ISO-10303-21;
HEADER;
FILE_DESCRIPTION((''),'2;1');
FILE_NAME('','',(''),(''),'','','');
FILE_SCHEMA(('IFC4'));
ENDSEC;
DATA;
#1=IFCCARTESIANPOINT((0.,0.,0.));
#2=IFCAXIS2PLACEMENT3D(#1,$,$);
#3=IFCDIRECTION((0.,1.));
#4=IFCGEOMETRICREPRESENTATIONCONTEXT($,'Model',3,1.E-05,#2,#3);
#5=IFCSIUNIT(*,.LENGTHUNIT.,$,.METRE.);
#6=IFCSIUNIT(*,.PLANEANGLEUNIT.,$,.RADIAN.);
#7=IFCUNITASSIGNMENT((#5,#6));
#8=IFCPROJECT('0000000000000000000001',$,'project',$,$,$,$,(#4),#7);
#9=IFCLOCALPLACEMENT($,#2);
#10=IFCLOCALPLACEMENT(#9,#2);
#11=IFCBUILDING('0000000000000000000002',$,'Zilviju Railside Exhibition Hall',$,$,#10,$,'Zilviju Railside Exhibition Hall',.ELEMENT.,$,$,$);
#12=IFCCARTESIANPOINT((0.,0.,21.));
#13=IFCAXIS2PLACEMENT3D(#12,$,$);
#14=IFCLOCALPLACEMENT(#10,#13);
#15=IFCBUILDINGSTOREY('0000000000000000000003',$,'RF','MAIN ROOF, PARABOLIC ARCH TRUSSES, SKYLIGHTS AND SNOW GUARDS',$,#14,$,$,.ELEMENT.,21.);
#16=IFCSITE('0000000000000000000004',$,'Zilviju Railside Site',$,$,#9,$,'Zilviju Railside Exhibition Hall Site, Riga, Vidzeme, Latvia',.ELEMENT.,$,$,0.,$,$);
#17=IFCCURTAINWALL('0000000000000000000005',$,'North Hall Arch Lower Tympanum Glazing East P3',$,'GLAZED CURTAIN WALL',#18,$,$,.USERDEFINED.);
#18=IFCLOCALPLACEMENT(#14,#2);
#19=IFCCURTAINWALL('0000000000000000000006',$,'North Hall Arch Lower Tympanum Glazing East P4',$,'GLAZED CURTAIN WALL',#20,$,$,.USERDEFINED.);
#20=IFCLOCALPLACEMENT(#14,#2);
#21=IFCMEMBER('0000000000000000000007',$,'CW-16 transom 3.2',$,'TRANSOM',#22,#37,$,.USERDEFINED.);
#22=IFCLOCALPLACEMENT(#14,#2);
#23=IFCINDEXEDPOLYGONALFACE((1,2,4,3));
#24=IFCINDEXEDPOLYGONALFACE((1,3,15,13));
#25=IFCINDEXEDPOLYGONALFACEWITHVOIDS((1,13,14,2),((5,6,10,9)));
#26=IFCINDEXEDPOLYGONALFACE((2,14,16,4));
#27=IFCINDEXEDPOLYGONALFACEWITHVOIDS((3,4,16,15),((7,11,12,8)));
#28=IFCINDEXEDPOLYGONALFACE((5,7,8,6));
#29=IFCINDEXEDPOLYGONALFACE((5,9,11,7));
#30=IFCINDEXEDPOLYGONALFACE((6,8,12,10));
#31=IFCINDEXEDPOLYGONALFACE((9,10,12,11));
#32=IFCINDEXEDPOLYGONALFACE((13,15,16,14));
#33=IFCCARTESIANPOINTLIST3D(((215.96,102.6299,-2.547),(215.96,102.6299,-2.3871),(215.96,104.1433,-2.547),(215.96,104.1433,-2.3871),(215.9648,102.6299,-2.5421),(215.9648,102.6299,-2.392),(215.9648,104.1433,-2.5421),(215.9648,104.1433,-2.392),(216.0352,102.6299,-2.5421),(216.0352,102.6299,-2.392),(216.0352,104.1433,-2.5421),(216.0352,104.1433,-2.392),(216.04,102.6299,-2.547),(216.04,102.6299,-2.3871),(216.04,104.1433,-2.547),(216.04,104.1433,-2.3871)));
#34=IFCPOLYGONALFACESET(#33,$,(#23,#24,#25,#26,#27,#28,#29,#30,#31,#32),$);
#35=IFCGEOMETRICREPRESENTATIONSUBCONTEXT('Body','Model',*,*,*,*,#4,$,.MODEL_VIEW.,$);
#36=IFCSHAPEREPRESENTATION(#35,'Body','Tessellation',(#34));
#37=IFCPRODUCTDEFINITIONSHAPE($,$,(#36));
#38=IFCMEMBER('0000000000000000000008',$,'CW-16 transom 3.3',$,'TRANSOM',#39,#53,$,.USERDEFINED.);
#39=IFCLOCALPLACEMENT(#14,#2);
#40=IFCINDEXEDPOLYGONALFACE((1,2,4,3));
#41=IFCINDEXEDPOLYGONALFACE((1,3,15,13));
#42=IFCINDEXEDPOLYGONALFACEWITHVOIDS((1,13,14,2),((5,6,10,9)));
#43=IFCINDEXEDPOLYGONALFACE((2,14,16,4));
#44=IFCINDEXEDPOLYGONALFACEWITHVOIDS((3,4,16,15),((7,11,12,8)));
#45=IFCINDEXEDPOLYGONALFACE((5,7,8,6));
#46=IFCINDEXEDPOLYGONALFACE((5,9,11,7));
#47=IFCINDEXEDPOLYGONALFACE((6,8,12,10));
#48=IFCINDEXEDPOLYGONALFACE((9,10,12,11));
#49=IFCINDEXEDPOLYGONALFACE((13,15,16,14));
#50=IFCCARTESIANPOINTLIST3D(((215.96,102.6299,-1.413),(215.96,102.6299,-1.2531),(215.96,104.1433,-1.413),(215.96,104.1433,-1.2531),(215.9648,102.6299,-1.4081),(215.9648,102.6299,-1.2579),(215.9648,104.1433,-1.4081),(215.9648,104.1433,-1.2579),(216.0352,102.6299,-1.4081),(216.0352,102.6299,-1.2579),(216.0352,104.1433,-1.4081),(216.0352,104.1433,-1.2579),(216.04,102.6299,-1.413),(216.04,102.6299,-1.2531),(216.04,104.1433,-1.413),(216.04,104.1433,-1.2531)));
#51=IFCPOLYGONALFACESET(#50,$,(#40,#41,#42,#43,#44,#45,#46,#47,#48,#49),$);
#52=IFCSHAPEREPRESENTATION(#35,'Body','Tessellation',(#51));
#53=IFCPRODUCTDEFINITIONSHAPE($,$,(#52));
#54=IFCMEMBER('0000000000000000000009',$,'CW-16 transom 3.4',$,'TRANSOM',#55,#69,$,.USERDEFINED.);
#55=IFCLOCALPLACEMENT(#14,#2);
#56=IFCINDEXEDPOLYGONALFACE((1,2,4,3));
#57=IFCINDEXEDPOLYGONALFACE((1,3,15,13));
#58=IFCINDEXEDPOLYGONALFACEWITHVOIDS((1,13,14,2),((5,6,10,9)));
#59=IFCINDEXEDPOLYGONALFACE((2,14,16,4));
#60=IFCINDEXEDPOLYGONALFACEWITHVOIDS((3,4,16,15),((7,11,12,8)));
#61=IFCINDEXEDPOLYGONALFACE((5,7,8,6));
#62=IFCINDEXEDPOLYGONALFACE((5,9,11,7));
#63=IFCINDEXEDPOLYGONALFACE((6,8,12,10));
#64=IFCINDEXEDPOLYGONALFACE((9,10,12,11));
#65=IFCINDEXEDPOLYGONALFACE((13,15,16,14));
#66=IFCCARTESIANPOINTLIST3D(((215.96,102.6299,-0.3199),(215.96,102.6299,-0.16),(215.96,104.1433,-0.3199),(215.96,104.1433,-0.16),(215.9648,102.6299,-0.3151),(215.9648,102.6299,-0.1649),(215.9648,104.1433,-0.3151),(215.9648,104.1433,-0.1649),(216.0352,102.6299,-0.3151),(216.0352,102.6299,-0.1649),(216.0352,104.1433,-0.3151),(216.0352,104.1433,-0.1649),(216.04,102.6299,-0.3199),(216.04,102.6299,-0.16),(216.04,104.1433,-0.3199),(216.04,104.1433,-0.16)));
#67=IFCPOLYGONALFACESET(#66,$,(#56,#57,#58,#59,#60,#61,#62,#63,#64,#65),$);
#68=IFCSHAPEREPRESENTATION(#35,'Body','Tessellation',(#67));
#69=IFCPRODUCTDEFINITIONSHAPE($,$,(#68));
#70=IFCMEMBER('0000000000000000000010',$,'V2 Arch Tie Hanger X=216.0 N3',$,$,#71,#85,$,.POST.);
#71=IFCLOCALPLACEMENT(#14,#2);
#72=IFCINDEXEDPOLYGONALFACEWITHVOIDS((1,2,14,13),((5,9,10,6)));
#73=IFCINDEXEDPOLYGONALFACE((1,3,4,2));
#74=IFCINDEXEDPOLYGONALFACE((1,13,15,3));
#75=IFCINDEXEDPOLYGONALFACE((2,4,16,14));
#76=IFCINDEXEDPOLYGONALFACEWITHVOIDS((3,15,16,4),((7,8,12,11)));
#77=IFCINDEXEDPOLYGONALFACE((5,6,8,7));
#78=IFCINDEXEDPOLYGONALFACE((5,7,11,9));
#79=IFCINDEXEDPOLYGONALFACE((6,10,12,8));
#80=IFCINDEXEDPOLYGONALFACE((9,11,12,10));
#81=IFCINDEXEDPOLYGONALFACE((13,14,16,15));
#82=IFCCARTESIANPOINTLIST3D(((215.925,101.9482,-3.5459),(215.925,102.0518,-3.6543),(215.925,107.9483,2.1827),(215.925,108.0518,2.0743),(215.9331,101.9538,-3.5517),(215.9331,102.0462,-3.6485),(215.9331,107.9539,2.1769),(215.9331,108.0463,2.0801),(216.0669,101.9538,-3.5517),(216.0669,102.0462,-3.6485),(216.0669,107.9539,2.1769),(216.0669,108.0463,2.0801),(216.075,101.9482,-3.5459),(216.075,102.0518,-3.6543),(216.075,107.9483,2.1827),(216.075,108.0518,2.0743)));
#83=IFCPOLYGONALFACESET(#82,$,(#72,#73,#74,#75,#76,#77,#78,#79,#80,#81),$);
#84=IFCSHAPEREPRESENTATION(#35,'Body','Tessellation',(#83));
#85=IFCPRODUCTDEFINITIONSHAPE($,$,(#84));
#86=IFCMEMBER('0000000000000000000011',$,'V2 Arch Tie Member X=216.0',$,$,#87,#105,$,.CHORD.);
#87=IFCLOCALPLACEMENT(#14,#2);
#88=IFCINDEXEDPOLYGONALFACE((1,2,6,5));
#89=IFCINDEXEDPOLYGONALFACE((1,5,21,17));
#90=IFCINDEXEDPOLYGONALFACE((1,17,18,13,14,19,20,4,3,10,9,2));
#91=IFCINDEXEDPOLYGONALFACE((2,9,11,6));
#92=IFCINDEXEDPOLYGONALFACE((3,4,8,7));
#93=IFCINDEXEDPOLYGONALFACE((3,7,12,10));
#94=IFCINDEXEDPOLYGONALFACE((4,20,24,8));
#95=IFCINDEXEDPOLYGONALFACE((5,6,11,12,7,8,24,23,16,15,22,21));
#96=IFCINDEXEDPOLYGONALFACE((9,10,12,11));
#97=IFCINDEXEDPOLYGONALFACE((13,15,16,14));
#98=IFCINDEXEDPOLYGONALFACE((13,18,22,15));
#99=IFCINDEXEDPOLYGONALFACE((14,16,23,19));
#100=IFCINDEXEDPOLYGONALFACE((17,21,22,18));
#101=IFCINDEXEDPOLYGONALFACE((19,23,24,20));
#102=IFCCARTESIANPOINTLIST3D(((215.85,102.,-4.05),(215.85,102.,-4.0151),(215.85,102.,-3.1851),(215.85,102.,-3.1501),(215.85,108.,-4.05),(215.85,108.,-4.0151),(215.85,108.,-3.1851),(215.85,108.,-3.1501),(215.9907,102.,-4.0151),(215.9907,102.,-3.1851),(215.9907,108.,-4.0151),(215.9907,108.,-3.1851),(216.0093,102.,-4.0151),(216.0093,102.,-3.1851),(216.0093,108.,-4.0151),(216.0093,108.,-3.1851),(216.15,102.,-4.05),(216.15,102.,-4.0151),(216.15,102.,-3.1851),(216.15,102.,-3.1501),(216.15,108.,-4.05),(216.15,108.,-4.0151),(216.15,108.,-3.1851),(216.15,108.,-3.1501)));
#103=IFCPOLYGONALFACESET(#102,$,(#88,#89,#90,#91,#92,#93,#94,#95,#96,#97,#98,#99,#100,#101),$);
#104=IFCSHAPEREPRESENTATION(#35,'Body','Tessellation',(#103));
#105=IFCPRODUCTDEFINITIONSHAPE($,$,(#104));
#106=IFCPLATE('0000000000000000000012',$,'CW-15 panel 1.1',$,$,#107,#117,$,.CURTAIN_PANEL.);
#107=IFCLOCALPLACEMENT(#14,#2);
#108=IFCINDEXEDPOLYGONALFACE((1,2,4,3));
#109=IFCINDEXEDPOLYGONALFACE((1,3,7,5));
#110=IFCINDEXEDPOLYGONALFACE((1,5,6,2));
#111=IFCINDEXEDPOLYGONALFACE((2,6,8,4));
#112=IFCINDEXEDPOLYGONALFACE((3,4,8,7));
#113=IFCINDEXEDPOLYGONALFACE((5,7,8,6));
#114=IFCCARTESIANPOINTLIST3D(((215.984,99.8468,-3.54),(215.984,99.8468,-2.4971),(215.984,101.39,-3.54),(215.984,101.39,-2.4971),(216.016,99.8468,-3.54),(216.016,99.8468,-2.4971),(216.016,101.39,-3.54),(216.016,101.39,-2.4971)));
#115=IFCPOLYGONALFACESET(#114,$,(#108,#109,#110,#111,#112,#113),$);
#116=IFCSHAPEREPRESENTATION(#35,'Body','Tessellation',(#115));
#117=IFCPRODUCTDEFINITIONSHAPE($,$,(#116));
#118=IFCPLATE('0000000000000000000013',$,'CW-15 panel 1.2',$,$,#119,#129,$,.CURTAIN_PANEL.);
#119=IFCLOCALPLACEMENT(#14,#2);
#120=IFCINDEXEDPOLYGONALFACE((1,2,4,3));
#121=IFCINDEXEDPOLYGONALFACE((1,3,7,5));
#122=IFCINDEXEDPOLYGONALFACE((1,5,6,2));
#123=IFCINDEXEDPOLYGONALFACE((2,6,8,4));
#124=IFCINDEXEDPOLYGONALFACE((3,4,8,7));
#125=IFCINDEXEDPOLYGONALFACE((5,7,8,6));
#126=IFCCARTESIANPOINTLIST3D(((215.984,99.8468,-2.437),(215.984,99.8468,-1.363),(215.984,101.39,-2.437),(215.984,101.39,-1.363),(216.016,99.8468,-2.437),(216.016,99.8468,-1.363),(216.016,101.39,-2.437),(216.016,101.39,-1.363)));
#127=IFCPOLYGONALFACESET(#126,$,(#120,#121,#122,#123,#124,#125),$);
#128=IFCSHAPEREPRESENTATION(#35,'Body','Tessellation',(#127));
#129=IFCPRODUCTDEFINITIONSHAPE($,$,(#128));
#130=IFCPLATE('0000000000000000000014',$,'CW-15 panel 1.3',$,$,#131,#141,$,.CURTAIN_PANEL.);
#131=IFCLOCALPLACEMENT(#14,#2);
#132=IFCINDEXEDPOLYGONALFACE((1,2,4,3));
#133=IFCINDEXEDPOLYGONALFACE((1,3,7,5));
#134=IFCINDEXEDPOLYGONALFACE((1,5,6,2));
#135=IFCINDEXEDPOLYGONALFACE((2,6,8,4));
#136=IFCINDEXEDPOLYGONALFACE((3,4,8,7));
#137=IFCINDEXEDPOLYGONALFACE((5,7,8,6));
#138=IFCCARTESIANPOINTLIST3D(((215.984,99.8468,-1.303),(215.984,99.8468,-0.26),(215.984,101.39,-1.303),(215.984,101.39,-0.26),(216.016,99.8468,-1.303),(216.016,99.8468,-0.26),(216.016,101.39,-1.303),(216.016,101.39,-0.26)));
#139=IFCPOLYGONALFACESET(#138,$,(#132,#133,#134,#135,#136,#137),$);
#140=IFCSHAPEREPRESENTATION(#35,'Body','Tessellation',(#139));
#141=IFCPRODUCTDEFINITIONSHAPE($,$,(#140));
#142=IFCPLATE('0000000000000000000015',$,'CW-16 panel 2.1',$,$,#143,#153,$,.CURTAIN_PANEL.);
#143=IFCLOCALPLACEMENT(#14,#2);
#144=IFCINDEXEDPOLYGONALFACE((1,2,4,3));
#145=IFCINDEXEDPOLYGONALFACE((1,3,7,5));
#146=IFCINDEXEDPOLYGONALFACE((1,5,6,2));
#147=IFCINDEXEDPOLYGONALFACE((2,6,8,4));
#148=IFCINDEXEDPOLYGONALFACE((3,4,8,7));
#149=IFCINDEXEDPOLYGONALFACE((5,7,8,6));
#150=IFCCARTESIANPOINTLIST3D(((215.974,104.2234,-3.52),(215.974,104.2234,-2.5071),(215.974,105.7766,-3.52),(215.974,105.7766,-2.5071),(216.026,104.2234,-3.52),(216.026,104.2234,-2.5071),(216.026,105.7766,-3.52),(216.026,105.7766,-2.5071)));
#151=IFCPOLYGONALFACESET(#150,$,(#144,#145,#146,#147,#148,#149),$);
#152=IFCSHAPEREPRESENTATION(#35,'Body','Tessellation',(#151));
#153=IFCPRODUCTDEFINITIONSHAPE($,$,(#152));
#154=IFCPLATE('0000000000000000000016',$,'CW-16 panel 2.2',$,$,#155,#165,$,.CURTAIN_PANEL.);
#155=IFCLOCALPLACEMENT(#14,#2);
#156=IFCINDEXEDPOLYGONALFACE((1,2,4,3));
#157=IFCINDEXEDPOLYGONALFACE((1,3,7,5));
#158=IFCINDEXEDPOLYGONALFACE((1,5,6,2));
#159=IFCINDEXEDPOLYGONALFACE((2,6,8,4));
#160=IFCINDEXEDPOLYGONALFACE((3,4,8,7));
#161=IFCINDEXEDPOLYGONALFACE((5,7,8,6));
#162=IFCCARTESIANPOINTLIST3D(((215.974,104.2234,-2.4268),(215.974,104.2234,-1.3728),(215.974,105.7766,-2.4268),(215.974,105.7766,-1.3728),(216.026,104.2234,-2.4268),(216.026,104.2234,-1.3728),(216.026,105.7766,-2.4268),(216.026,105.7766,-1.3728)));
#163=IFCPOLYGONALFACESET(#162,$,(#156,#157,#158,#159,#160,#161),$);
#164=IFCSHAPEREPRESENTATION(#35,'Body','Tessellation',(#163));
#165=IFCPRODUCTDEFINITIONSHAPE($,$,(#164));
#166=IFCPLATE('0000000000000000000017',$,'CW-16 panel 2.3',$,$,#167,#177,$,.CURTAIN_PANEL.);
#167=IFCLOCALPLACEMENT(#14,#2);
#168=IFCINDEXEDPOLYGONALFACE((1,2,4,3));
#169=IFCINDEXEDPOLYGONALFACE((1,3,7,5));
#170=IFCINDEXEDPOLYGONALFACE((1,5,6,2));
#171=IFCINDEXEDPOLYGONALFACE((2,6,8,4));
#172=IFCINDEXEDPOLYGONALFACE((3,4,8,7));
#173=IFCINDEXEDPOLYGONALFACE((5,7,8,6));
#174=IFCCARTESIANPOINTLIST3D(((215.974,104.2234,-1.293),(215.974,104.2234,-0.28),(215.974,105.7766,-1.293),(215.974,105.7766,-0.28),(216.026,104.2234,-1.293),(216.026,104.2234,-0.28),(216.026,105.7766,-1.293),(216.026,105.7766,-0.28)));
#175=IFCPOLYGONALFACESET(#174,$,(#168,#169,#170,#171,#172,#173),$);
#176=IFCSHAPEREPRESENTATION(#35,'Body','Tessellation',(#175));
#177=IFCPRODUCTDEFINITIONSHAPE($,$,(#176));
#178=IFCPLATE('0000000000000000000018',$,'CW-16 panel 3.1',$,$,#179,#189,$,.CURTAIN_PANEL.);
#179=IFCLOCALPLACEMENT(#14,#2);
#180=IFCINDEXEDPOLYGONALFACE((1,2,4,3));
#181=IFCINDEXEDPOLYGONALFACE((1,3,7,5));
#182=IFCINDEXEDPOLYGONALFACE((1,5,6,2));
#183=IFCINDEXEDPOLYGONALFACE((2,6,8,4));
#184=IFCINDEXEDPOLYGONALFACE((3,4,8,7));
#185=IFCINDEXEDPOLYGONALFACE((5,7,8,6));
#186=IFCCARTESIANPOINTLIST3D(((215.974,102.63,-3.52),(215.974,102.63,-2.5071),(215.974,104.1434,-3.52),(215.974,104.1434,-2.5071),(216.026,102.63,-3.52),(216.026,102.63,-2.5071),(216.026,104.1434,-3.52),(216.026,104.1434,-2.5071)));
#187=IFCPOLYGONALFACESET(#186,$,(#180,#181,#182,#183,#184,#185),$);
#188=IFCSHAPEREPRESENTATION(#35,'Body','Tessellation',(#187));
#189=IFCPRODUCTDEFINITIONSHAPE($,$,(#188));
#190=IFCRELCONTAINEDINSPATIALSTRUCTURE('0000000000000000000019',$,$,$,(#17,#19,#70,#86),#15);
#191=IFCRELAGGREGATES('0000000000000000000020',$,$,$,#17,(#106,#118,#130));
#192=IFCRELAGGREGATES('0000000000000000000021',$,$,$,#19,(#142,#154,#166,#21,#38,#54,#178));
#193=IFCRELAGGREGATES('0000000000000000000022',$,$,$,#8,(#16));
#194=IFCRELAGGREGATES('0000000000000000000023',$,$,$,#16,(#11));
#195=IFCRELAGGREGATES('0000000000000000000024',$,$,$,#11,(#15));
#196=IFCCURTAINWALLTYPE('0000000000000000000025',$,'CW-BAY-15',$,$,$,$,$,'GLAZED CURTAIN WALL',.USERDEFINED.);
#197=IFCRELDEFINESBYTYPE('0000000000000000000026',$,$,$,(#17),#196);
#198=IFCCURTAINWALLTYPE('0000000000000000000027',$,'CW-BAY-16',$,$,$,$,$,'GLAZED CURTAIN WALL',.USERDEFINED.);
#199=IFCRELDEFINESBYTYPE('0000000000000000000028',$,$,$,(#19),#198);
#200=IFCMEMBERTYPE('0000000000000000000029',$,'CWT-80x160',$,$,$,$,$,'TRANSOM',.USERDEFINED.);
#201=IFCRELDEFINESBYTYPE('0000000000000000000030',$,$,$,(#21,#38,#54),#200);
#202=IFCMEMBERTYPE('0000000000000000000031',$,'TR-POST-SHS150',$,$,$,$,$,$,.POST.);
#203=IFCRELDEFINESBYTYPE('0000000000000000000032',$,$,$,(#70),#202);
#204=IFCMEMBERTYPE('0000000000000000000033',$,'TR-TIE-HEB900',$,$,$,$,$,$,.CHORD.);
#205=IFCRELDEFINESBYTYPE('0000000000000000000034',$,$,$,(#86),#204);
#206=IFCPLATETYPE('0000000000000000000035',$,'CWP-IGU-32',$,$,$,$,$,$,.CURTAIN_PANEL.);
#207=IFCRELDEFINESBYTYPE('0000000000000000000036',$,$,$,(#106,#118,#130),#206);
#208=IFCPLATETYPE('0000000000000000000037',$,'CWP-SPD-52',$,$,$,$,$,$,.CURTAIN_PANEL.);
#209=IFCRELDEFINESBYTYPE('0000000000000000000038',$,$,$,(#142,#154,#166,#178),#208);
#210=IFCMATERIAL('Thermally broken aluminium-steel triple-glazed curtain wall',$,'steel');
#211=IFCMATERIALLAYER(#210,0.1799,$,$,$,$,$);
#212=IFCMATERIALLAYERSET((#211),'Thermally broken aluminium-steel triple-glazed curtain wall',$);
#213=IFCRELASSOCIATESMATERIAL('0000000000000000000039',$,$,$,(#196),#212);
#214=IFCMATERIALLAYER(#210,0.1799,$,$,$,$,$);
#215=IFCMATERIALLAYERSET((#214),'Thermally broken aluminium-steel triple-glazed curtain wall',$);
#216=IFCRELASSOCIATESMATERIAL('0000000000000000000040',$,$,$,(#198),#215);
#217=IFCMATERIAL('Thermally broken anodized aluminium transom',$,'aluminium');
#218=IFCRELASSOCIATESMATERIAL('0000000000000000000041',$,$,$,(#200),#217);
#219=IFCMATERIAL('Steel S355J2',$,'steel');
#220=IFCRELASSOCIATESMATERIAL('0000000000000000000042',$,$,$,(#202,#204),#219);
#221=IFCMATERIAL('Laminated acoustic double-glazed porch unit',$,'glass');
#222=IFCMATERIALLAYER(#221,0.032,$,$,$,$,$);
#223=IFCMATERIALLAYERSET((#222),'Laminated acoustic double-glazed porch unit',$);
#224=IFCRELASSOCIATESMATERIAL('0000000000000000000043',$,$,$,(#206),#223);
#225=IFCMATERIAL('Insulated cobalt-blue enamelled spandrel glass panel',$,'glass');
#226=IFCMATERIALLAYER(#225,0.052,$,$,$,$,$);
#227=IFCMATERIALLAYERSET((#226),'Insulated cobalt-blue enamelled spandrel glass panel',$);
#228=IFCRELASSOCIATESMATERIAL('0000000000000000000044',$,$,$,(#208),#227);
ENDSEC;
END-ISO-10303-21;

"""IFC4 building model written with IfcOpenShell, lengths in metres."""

from ifc_helpers import new_model, si_unit, direction, frame, origin, origin_2d, place, context, subcontext, project, spatial, rectangle, hollow_rectangle, i_section, extrude, material, layer, layer_set, material_profile, profile_set, type_object, element, aggregate, save


model = new_model("IFC4")

# Units and contexts
model_context = context("Model", 3, precision=1e-05, world=origin(), true_north=direction((0.0, 1.0)))
body_context = subcontext(model_context, "Body", "Model", "MODEL_VIEW")
ifc_project = project(units=[si_unit("LENGTHUNIT", "METRE"), si_unit("PLANEANGLEUNIT", "RADIAN")], contexts=[model_context])

# Site, building, storey
site_placement = place(None, origin())
site = spatial("IfcSite", under=ifc_project, at=site_placement, Name="Zilviju Railside Site", LongName="Zilviju Railside Exhibition Hall Site, Riga, Vidzeme, Latvia", CompositionType="ELEMENT", RefElevation=0.0)
building_placement = place(site_placement, origin())
building = spatial("IfcBuilding", under=site, at=building_placement, Name="Zilviju Railside Exhibition Hall", LongName="Zilviju Railside Exhibition Hall", CompositionType="ELEMENT")
storey_placement = place(building_placement, frame((0.0, 0.0, 21.0)))
storey = spatial("IfcBuildingStorey", under=building, at=storey_placement, Name="RF", Description="MAIN ROOF, PARABOLIC ARCH TRUSSES, SKYLIGHTS AND SNOW GUARDS", CompositionType="ELEMENT", Elevation=21.0)

# Curtain walls
ifc_material_1 = material(Name="Thermally broken aluminium-steel triple-glazed curtain wall", Category="steel")
ifc_layer_1 = layer(ifc_material_1, 0.1799)
ifc_layer_set_1 = layer_set([ifc_layer_1], Name="Thermally broken aluminium-steel triple-glazed curtain wall")
curtain_wall_type_1 = type_object("IfcCurtainWallType", Name="CW-BAY-15", ElementType="GLAZED CURTAIN WALL", PredefinedType="USERDEFINED", material=ifc_layer_set_1)
curtain_wall_1_placement = place(storey_placement, origin())
curtain_wall_1 = element("IfcCurtainWall", 1, at=curtain_wall_1_placement, inside=storey, type_object=curtain_wall_type_1, Name="North Hall Arch Lower Tympanum Glazing East P3", ObjectType="GLAZED CURTAIN WALL", PredefinedType="USERDEFINED")
ifc_layer_2 = layer(ifc_material_1, 0.1799)
ifc_layer_set_2 = layer_set([ifc_layer_2], Name="Thermally broken aluminium-steel triple-glazed curtain wall")
curtain_wall_type_2 = type_object("IfcCurtainWallType", Name="CW-BAY-16", ElementType="GLAZED CURTAIN WALL", PredefinedType="USERDEFINED", material=ifc_layer_set_2)
curtain_wall_2_placement = place(storey_placement, origin())
curtain_wall_2 = element("IfcCurtainWall", 2, at=curtain_wall_2_placement, inside=storey, type_object=curtain_wall_type_2, Name="North Hall Arch Lower Tympanum Glazing East P4", ObjectType="GLAZED CURTAIN WALL", PredefinedType="USERDEFINED")

# Members
ifc_material_2 = material(Name="Thermally broken anodized aluminium transom", Category="aluminium")
ifc_material_profile_1 = material_profile(ifc_material_2, hollow_rectangle(XDim=0.0801, YDim=0.1599, WallThickness=0.0049, at=origin_2d()), Name="TRANSOM 160x80x5")
ifc_profile_set_1 = profile_set([ifc_material_profile_1], Name="Thermally broken anodized aluminium transom")
member_type_1 = type_object("IfcMemberType", Name="CWT-80x160", ElementType="TRANSOM", PredefinedType="USERDEFINED", material=ifc_profile_set_1)
member_1_placement = place(storey_placement, frame((216.0, 104.1433, -2.467), z_axis=(0.0, -1.0, 0.0), x_axis=(1.0, 0.0, 0.0)))
member_1 = element("IfcMember", 3, at=member_1_placement, type_object=member_type_1, Name="CW-16 transom 3.2", ObjectType="TRANSOM", PredefinedType="USERDEFINED", context=body_context, shape_type="SweptSolid", body=[
    extrude(hollow_rectangle(XDim=0.0801, YDim=0.1599, WallThickness=0.0049, at=origin_2d()), origin(), (0.0, 0.0, 1.0), 1.5134),
])
member_2_placement = place(storey_placement, frame((216.0, 104.1433, -1.333), z_axis=(0.0, -1.0, 0.0), x_axis=(1.0, 0.0, 0.0)))
member_2 = element("IfcMember", 4, at=member_2_placement, type_object=member_type_1, Name="CW-16 transom 3.3", ObjectType="TRANSOM", PredefinedType="USERDEFINED", context=body_context, shape_type="SweptSolid", body=[
    extrude(hollow_rectangle(XDim=0.0801, YDim=0.1599, WallThickness=0.0049, at=origin_2d()), origin(), (0.0, 0.0, 1.0), 1.5134),
])
member_3_placement = place(storey_placement, frame((216.0, 104.1433, -0.24), z_axis=(0.0, -1.0, 0.0), x_axis=(1.0, 0.0, 0.0)))
member_3 = element("IfcMember", 5, at=member_3_placement, type_object=member_type_1, Name="CW-16 transom 3.4", ObjectType="TRANSOM", PredefinedType="USERDEFINED", context=body_context, shape_type="SweptSolid", body=[
    extrude(hollow_rectangle(XDim=0.0801, YDim=0.1599, WallThickness=0.0049, at=origin_2d()), origin(), (0.0, 0.0, 1.0), 1.5134),
])

# Members
ifc_material_3 = material(Name="Steel S355J2", Category="steel")
ifc_material_profile_2 = material_profile(ifc_material_3, hollow_rectangle(XDim=0.1499, YDim=0.1499, WallThickness=0.0081, at=origin_2d()), Name="SHS 150x150x8.0")
ifc_profile_set_2 = profile_set([ifc_material_profile_2], Name="Steel S355J2")
member_type_2 = type_object("IfcMemberType", Name="TR-POST-SHS150", PredefinedType="POST", material=ifc_profile_set_2)
member_4_placement = place(storey_placement, frame((216.0, 102.0, -3.6001), z_axis=(0.0, 0.723281, 0.690554), x_axis=(-1.0, 0.0, 0.0)))
element("IfcMember", 6, at=member_4_placement, inside=storey, type_object=member_type_2, Name="V2 Arch Tie Hanger X=216.0 N3", PredefinedType="POST", context=body_context, shape_type="SweptSolid", body=[
    extrude(hollow_rectangle(XDim=0.1499, YDim=0.1499, WallThickness=0.0081, at=origin_2d()), origin(), (0.0, 0.0, 1.0), 8.2957),
])
ifc_material_profile_3 = material_profile(ifc_material_3, i_section(OverallWidth=0.3, OverallDepth=0.8999, WebThickness=0.0186, FlangeThickness=0.0349, at=origin_2d()), Name="HEB 900")
ifc_profile_set_3 = profile_set([ifc_material_profile_3], Name="Steel S355J2")
member_type_3 = type_object("IfcMemberType", Name="TR-TIE-HEB900", PredefinedType="CHORD", material=ifc_profile_set_3)
member_5_placement = place(storey_placement, frame((216.0, 102.0, -3.6001), z_axis=(0.0, 1.0, 0.0), x_axis=(-1.0, 0.0, 0.0)))
element("IfcMember", 7, at=member_5_placement, inside=storey, type_object=member_type_3, Name="V2 Arch Tie Member X=216.0", PredefinedType="CHORD", context=body_context, shape_type="SweptSolid", body=[
    extrude(i_section(OverallWidth=0.3, OverallDepth=0.8999, WebThickness=0.0186, FlangeThickness=0.0349, at=origin_2d()), origin(), (0.0, 0.0, 1.0), 6.0),
])

# Plates
ifc_material_4 = material(Name="Laminated acoustic double-glazed porch unit", Category="glass")
ifc_layer_3 = layer(ifc_material_4, 0.032)
ifc_layer_set_3 = layer_set([ifc_layer_3], Name="Laminated acoustic double-glazed porch unit")
plate_type_1 = type_object("IfcPlateType", Name="CWP-IGU-32", PredefinedType="CURTAIN_PANEL", material=ifc_layer_set_3)
plate_1_placement = place(storey_placement, frame((216.0, 100.6184, -3.54), z_axis=(0.0, 0.0, 1.0), x_axis=(0.0, -1.0, 0.0)))
plate_1 = element("IfcPlate", 8, at=plate_1_placement, type_object=plate_type_1, Name="CW-15 panel 1.1", PredefinedType="CURTAIN_PANEL", context=body_context, shape_type="SweptSolid", body=[
    extrude(rectangle(XDim=1.5432, YDim=0.032, at=origin_2d()), origin(), (0.0, 0.0, 1.0), 1.043),
])
plate_2_placement = place(storey_placement, frame((216.0, 100.6184, -2.437), z_axis=(0.0, 0.0, 1.0), x_axis=(0.0, -1.0, 0.0)))
plate_2 = element("IfcPlate", 9, at=plate_2_placement, type_object=plate_type_1, Name="CW-15 panel 1.2", PredefinedType="CURTAIN_PANEL", context=body_context, shape_type="SweptSolid", body=[
    extrude(rectangle(XDim=1.5432, YDim=0.032, at=origin_2d()), origin(), (0.0, 0.0, 1.0), 1.074),
])
plate_3_placement = place(storey_placement, frame((216.0, 100.6184, -1.303), z_axis=(0.0, 0.0, 1.0), x_axis=(0.0, -1.0, 0.0)))
plate_3 = element("IfcPlate", 10, at=plate_3_placement, type_object=plate_type_1, Name="CW-15 panel 1.3", PredefinedType="CURTAIN_PANEL", context=body_context, shape_type="SweptSolid", body=[
    extrude(rectangle(XDim=1.5432, YDim=0.032, at=origin_2d()), origin(), (0.0, 0.0, 1.0), 1.043),
])
aggregate(curtain_wall_1, [plate_1, plate_2, plate_3])
ifc_material_5 = material(Name="Insulated cobalt-blue enamelled spandrel glass panel", Category="glass")
ifc_layer_4 = layer(ifc_material_5, 0.052)
ifc_layer_set_4 = layer_set([ifc_layer_4], Name="Insulated cobalt-blue enamelled spandrel glass panel")
plate_type_2 = type_object("IfcPlateType", Name="CWP-SPD-52", PredefinedType="CURTAIN_PANEL", material=ifc_layer_set_4)
plate_4_placement = place(storey_placement, frame((216.0, 105.0, -3.52), z_axis=(0.0, 0.0, 1.0), x_axis=(0.0, -1.0, 0.0)))
plate_4 = element("IfcPlate", 11, at=plate_4_placement, type_object=plate_type_2, Name="CW-16 panel 2.1", PredefinedType="CURTAIN_PANEL", context=body_context, shape_type="SweptSolid", body=[
    extrude(rectangle(XDim=1.5532, YDim=0.052, at=origin_2d()), origin(), (0.0, 0.0, 1.0), 1.0129),
])
plate_5_placement = place(storey_placement, frame((216.0, 105.0, -2.4268), z_axis=(0.0, 0.0, 1.0), x_axis=(0.0, -1.0, 0.0)))
plate_5 = element("IfcPlate", 12, at=plate_5_placement, type_object=plate_type_2, Name="CW-16 panel 2.2", PredefinedType="CURTAIN_PANEL", context=body_context, shape_type="SweptSolid", body=[
    extrude(rectangle(XDim=1.5532, YDim=0.052, at=origin_2d()), origin(), (0.0, 0.0, 1.0), 1.054),
])
plate_6_placement = place(storey_placement, frame((216.0, 105.0, -1.293), z_axis=(0.0, 0.0, 1.0), x_axis=(0.0, -1.0, 0.0)))
plate_6 = element("IfcPlate", 13, at=plate_6_placement, type_object=plate_type_2, Name="CW-16 panel 2.3", PredefinedType="CURTAIN_PANEL", context=body_context, shape_type="SweptSolid", body=[
    extrude(rectangle(XDim=1.5532, YDim=0.052, at=origin_2d()), origin(), (0.0, 0.0, 1.0), 1.0129),
])
plate_7_placement = place(storey_placement, frame((216.0, 103.3867, -3.52), z_axis=(0.0, 0.0, 1.0), x_axis=(0.0, -1.0, 0.0)))
plate_7 = element("IfcPlate", 14, at=plate_7_placement, type_object=plate_type_2, Name="CW-16 panel 3.1", PredefinedType="CURTAIN_PANEL", context=body_context, shape_type="SweptSolid", body=[
    extrude(rectangle(XDim=1.5134, YDim=0.052, at=origin_2d()), origin(), (0.0, 0.0, 1.0), 1.0129),
])
aggregate(curtain_wall_2, [plate_4, plate_5, plate_6, member_1, member_2, member_3, plate_7])

save(model, "model.ifc")
